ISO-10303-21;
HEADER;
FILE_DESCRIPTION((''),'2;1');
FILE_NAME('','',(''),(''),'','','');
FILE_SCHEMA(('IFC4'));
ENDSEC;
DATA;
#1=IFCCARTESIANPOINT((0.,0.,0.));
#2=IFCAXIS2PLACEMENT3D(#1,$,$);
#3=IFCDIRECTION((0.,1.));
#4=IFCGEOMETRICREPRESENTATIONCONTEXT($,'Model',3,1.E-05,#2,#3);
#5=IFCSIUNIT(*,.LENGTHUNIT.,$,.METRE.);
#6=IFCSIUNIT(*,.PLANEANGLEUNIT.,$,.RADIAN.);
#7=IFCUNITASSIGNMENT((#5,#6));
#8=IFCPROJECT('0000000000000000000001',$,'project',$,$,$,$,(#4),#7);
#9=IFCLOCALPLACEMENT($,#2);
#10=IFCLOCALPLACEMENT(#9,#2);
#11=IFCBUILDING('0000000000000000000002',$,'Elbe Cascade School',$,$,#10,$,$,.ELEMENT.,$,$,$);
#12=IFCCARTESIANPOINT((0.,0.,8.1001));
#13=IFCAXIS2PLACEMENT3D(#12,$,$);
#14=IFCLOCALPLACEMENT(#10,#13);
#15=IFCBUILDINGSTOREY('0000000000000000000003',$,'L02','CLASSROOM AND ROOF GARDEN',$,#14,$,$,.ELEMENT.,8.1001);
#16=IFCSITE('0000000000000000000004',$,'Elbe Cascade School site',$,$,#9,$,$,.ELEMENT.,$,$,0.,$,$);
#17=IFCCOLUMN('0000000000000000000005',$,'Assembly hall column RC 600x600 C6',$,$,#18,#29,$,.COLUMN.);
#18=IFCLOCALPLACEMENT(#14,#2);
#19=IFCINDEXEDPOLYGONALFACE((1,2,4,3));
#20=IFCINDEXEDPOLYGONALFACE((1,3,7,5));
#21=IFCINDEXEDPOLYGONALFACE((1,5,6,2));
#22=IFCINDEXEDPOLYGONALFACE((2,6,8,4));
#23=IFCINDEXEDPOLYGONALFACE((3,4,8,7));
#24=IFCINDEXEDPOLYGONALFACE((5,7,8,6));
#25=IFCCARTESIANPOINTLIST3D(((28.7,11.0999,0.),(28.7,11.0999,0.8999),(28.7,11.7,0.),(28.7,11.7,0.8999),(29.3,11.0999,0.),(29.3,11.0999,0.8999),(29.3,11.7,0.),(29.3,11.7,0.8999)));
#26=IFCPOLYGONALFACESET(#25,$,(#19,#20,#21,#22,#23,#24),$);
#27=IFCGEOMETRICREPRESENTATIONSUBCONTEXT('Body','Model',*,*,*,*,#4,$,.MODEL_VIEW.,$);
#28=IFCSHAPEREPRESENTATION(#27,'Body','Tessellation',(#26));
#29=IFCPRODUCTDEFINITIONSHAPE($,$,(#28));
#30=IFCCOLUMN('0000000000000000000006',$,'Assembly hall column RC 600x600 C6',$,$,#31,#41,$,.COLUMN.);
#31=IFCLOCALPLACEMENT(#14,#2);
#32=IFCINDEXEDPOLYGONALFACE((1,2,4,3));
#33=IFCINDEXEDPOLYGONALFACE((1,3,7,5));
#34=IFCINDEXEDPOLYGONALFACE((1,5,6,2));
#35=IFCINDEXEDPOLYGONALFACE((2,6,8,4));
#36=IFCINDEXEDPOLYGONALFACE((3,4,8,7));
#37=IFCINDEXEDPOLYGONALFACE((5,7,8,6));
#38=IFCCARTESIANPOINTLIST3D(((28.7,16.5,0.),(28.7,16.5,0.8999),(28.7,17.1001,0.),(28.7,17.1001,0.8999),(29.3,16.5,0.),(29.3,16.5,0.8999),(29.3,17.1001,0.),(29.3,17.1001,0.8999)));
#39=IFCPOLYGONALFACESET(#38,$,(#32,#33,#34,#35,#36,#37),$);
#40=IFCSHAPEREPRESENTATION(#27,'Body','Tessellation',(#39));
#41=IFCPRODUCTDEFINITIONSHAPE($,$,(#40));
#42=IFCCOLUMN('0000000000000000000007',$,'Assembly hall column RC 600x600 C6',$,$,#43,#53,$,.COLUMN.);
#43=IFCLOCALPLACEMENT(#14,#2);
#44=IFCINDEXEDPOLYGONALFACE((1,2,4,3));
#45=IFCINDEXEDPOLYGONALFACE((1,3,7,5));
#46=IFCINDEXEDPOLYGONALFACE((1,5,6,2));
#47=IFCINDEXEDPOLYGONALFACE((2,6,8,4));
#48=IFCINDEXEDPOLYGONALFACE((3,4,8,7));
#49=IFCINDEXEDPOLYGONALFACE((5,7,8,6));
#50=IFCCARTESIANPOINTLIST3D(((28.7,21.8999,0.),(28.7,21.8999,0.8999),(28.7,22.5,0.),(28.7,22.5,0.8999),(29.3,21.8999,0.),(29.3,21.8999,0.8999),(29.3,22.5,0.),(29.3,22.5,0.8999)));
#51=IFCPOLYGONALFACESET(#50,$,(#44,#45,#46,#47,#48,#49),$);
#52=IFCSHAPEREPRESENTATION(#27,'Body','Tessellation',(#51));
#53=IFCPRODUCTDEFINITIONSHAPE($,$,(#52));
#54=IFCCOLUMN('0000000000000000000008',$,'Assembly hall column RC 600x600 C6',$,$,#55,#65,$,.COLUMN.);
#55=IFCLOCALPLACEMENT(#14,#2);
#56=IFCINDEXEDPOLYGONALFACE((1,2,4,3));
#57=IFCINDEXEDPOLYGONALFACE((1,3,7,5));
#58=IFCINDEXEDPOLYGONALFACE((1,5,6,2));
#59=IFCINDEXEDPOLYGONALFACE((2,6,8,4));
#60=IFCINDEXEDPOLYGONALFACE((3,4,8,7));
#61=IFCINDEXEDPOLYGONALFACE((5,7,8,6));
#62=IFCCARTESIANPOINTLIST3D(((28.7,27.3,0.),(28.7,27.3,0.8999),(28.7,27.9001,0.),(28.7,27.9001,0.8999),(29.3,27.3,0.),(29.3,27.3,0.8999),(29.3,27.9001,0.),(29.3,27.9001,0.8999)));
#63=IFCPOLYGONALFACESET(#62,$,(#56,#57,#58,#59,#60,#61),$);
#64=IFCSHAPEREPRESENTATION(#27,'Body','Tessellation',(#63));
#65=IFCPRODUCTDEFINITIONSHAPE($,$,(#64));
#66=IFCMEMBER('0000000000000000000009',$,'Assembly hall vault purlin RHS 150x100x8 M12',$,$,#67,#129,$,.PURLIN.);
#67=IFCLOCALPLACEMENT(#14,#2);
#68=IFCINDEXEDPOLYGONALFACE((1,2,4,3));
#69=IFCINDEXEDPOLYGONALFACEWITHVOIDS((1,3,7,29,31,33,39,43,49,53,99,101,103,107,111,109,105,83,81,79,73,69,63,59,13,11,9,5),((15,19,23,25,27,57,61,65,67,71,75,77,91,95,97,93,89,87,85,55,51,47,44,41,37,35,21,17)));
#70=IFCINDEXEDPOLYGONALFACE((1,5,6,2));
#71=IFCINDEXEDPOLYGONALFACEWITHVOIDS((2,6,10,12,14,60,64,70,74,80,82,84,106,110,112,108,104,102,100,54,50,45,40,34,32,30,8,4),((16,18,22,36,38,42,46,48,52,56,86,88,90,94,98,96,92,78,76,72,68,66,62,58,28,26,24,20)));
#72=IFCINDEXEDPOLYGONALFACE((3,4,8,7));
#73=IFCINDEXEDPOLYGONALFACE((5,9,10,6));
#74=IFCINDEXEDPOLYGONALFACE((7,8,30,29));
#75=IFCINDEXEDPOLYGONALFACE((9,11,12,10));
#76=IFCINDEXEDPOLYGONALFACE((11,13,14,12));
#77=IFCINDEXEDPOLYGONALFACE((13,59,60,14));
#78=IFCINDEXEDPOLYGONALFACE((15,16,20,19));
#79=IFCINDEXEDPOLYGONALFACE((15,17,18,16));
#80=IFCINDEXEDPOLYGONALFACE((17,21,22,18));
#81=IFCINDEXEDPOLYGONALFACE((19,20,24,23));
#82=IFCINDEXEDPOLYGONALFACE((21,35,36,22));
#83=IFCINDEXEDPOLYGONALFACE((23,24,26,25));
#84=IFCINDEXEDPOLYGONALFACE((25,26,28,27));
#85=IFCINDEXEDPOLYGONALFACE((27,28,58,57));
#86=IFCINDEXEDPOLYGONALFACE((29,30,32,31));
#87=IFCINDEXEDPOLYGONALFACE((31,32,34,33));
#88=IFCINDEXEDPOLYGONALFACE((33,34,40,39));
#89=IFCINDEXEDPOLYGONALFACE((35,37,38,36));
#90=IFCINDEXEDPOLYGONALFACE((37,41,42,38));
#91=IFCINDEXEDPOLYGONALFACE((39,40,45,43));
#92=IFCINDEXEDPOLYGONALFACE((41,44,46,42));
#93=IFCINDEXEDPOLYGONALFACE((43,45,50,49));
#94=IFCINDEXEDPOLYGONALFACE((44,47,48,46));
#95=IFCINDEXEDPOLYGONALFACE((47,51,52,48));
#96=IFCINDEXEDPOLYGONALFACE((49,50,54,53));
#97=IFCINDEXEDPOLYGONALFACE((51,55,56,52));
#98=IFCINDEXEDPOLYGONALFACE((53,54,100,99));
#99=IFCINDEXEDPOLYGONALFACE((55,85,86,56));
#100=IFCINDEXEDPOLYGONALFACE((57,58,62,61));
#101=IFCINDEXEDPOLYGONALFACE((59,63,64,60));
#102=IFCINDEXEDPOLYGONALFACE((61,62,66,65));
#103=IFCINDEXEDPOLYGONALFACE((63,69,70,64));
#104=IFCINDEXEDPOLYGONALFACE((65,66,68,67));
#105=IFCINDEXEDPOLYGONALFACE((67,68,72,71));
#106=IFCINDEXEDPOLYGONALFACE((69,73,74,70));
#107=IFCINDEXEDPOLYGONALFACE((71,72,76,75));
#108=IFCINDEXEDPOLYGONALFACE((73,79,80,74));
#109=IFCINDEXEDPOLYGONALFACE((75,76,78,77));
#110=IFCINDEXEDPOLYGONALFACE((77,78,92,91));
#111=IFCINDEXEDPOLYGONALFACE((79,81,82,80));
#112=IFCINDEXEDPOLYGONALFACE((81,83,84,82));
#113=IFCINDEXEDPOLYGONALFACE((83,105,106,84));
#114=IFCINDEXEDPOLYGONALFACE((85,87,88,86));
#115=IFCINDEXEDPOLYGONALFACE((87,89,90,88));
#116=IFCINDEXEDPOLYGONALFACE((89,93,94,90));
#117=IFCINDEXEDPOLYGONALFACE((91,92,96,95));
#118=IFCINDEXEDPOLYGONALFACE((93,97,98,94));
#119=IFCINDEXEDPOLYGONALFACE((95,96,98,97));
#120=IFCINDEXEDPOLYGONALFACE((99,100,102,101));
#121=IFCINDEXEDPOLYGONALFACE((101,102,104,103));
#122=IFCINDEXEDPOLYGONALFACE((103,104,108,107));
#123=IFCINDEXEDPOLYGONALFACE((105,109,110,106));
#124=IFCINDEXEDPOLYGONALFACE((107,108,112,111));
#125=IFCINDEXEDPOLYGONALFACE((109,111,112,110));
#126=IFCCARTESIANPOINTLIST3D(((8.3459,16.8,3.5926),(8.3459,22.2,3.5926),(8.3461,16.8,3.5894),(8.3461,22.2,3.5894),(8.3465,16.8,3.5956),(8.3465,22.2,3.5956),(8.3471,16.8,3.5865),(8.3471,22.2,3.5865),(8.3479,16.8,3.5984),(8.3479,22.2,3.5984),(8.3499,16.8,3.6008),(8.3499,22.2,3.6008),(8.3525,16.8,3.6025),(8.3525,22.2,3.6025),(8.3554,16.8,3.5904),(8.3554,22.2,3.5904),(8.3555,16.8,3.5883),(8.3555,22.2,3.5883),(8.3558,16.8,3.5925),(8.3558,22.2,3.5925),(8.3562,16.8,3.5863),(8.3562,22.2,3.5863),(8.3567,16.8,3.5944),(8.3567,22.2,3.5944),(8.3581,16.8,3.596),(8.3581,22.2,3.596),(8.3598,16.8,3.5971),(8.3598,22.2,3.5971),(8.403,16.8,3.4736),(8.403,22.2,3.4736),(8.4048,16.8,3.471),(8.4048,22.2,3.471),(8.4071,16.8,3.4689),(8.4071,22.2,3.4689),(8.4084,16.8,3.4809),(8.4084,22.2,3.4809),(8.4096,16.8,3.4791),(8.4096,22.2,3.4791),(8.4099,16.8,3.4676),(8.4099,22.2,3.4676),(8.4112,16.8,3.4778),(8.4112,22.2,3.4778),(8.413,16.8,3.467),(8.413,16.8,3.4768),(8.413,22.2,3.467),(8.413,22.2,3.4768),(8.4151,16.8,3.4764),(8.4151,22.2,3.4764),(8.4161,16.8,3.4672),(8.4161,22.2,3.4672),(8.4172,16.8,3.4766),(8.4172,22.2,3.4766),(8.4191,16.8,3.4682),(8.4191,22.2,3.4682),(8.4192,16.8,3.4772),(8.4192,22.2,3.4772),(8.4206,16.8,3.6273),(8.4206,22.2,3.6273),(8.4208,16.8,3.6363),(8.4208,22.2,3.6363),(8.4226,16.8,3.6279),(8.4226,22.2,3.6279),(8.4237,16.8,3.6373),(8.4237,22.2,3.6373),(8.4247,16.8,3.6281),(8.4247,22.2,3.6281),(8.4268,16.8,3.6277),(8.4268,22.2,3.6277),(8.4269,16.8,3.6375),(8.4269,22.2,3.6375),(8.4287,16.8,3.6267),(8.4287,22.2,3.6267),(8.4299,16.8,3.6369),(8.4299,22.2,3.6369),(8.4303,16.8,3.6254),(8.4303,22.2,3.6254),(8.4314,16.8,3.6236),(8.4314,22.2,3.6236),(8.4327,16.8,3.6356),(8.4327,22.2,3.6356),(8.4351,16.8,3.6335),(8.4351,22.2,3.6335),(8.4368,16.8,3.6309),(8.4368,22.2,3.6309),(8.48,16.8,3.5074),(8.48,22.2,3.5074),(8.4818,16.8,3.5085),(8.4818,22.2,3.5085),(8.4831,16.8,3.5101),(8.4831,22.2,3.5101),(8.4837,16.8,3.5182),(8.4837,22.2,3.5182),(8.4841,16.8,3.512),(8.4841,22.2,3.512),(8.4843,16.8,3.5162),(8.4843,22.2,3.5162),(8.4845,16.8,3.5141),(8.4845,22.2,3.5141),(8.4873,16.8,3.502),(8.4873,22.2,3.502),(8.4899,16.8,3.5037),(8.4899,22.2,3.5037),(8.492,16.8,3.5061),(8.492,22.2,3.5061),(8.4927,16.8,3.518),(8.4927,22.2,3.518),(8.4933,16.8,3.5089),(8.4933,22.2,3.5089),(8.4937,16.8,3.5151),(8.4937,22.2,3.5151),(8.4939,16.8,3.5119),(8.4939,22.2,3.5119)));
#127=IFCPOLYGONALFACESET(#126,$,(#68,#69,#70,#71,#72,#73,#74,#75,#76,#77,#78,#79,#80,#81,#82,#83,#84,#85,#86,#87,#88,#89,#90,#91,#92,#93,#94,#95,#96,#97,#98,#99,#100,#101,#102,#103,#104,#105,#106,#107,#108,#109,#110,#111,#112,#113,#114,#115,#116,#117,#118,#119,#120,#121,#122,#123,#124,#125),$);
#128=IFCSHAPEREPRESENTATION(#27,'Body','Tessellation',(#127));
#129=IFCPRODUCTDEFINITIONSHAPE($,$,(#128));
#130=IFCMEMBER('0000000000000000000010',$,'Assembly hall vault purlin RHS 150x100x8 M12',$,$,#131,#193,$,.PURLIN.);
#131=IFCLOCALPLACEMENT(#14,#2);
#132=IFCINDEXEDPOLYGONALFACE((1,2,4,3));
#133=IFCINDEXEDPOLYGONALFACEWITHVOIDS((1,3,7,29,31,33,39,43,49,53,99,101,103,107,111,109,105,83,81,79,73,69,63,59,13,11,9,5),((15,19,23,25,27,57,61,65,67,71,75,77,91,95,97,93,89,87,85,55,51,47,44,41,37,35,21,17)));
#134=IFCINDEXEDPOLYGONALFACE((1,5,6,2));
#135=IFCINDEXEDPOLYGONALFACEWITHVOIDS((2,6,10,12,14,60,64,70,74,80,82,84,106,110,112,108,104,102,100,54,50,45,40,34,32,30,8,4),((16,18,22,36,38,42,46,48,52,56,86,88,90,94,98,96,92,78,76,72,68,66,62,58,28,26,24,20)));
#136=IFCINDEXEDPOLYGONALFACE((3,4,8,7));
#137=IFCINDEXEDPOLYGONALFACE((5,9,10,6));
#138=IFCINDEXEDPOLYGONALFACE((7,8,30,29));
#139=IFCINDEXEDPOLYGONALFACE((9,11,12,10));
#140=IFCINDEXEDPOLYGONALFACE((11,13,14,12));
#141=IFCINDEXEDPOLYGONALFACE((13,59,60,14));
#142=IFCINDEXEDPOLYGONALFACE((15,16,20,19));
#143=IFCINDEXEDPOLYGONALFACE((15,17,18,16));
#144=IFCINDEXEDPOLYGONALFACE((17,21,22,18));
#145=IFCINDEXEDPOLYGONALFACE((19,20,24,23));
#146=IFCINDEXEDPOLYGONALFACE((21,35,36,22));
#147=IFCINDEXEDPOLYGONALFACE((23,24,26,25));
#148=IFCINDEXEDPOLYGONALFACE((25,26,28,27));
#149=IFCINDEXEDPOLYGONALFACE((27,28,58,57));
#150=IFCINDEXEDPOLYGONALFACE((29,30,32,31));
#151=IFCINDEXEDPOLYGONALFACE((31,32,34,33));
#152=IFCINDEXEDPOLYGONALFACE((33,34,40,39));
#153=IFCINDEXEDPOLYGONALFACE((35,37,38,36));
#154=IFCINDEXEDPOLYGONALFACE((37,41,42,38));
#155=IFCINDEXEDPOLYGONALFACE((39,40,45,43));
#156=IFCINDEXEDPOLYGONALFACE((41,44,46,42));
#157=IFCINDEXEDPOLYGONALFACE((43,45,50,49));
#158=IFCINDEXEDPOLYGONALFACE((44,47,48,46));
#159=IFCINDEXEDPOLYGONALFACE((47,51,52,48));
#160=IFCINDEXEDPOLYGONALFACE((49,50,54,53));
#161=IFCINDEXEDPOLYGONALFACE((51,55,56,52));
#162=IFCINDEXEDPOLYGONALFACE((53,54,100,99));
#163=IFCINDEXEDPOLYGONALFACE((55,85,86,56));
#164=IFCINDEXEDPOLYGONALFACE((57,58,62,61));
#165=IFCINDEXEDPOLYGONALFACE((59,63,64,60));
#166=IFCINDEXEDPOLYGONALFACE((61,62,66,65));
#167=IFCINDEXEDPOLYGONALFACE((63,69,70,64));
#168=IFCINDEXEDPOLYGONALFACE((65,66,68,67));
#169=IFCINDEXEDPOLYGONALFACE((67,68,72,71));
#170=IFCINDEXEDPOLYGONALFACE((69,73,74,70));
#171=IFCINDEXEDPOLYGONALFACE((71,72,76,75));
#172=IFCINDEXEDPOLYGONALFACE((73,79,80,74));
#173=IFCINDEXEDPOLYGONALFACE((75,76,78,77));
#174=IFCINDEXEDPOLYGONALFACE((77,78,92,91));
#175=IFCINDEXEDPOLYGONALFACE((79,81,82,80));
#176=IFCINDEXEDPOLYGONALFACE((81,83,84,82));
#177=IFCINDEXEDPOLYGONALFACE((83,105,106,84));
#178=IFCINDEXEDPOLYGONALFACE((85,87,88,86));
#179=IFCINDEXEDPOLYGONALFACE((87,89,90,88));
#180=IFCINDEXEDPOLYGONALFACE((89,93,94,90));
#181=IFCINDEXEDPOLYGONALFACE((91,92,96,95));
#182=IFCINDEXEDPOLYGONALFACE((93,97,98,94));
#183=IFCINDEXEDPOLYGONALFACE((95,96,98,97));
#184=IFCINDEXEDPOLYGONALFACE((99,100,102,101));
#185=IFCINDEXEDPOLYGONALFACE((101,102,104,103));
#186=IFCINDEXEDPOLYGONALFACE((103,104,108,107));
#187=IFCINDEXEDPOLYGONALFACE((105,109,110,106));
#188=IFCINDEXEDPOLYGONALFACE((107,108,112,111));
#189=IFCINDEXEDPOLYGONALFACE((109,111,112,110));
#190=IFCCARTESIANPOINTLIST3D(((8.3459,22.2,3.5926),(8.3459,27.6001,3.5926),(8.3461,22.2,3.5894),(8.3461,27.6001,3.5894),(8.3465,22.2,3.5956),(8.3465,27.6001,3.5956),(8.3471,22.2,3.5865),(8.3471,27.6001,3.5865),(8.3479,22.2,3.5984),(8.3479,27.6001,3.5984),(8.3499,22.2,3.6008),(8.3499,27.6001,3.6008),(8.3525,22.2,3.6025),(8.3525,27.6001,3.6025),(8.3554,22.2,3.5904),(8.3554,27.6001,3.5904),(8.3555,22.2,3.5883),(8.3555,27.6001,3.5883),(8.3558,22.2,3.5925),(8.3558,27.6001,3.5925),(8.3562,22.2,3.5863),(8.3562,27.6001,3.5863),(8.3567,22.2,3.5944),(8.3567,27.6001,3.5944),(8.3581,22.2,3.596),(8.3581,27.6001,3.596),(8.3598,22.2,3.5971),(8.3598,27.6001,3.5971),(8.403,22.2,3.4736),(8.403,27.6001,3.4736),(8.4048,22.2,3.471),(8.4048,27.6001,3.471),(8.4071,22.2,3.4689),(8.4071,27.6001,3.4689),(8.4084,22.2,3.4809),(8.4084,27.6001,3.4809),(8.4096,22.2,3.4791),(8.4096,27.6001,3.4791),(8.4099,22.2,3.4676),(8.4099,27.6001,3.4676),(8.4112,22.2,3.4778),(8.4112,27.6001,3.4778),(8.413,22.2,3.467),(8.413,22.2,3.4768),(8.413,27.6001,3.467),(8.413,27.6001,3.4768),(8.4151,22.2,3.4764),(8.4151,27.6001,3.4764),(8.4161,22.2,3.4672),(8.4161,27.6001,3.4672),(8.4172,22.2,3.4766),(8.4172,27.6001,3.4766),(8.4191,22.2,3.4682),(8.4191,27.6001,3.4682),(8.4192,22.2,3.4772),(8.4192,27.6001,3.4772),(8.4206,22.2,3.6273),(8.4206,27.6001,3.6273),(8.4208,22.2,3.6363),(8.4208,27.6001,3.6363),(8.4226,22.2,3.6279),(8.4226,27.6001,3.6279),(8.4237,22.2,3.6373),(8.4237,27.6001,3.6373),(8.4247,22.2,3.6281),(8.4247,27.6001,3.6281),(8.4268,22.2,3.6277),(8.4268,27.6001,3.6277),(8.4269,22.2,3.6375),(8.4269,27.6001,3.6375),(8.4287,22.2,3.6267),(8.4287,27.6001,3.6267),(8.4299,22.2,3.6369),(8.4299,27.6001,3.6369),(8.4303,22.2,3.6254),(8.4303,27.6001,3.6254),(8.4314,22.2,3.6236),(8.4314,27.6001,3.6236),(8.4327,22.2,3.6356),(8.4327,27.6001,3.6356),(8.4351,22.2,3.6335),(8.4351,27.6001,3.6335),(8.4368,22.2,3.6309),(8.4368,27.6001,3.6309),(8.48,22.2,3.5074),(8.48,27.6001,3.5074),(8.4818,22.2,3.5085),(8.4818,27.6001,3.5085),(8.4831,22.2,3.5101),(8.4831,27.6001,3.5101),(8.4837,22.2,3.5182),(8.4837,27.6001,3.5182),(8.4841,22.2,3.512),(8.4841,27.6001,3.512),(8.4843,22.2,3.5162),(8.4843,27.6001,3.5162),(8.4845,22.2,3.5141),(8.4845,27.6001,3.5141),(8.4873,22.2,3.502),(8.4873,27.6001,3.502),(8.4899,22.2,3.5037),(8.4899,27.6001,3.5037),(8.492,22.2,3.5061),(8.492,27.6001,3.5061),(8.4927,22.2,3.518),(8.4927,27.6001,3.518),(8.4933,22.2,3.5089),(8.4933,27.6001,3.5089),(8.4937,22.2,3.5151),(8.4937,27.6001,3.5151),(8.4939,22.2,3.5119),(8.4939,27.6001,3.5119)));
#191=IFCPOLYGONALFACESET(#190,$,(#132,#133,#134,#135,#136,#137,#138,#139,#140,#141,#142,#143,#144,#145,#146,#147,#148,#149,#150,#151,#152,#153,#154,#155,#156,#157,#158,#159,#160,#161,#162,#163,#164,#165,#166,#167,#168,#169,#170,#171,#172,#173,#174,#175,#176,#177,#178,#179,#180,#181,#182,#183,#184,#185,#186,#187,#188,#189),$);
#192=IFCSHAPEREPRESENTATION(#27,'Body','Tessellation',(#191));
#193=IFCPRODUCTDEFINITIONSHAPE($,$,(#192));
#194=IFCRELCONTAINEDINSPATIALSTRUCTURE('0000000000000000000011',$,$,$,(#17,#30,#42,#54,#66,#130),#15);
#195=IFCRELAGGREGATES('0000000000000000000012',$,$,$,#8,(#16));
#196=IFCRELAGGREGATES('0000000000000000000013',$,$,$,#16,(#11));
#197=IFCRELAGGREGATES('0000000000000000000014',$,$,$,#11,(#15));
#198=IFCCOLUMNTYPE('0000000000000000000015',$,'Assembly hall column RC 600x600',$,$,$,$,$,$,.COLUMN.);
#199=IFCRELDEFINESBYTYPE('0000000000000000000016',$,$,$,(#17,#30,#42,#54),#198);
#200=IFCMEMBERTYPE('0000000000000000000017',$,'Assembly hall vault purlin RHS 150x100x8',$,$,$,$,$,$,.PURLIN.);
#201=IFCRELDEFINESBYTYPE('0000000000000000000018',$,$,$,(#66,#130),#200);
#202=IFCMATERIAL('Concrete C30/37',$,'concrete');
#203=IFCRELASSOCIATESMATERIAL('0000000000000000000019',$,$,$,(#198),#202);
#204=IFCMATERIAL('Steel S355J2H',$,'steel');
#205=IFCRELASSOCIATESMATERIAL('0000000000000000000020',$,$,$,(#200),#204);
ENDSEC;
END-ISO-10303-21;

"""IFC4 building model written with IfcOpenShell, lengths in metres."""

from ifc_helpers import new_model, si_unit, direction, frame, origin, origin_2d, place, context, subcontext, project, spatial, rectangle, hollow_rectangle, extrude, material, material_profile, profile_set, type_object, element, save


model = new_model("IFC4")

# Units and contexts
model_context = context("Model", 3, precision=1e-05, world=origin(), true_north=direction((0.0, 1.0)))
body_context = subcontext(model_context, "Body", "Model", "MODEL_VIEW")
ifc_project = project(units=[si_unit("LENGTHUNIT", "METRE"), si_unit("PLANEANGLEUNIT", "RADIAN")], contexts=[model_context])

# Site, building, storey
site_placement = place(None, origin())
site = spatial("IfcSite", under=ifc_project, at=site_placement, Name="Elbe Cascade School site", CompositionType="ELEMENT", RefElevation=0.0)
building_placement = place(site_placement, origin())
building = spatial("IfcBuilding", under=site, at=building_placement, Name="Elbe Cascade School", CompositionType="ELEMENT")
storey_placement = place(building_placement, frame((0.0, 0.0, 8.1001)))
storey = spatial("IfcBuildingStorey", under=building, at=storey_placement, Name="L02", Description="CLASSROOM AND ROOF GARDEN", CompositionType="ELEMENT", Elevation=8.1001)

# Columns
ifc_material_1 = material(Name="Concrete C30/37", Category="concrete")
ifc_material_profile_1 = material_profile(ifc_material_1, rectangle(XDim=0.6001, YDim=0.6001, at=origin_2d()), Name="RC 600x600")
ifc_profile_set_1 = profile_set([ifc_material_profile_1], Name="Concrete C30/37")
column_type = type_object("IfcColumnType", Name="Assembly hall column RC 600x600", PredefinedType="COLUMN", material=ifc_profile_set_1)
for number, where, z_axis, x_axis, name in (
    (1, (29.0, 11.3999, 0.0), (0.0, 0.0, 1.0), (1.0, 0.0, 0.0), "Assembly hall column RC 600x600 C6"),
    (2, (29.0, 16.8, 0.0), (0.0, 0.0, 1.0), (1.0, 0.0, 0.0), "Assembly hall column RC 600x600 C6"),
    (3, (29.0, 22.2, 0.0), (0.0, 0.0, 1.0), (1.0, 0.0, 0.0), "Assembly hall column RC 600x600 C6"),
    (4, (29.0, 27.6001, 0.0), (0.0, 0.0, 1.0), (1.0, 0.0, 0.0), "Assembly hall column RC 600x600 C6"),
):
    element("IfcColumn", number, at=place(storey_placement, frame(where, z_axis=z_axis, x_axis=x_axis)), inside=storey, type_object=column_type, Name=name, PredefinedType="COLUMN", context=body_context, shape_type="SweptSolid", body=[
        extrude(rectangle(XDim=0.6001, YDim=0.6001, at=origin_2d()), origin(), (0.0, 0.0, 1.0), 0.8999),
    ])

# Members
ifc_material_2 = material(Name="Steel S355J2H", Category="steel")
ifc_material_profile_2 = material_profile(ifc_material_2, hollow_rectangle(XDim=0.1001, YDim=0.1499, WallThickness=0.0081, InnerFilletRadius=0.0081, OuterFilletRadius=0.012, at=origin_2d()), Name="RHS 150x100x8")
ifc_profile_set_2 = profile_set([ifc_material_profile_2], Name="Steel S355J2H")
member_type_1 = type_object("IfcMemberType", Name="Assembly hall vault purlin RHS 150x100x8", PredefinedType="PURLIN", material=ifc_profile_set_2)
member_1_placement = place(storey_placement, frame((8.4199, 16.8, 3.5522), z_axis=(0.0, 1.0, 0.0), x_axis=(-0.896139, 0.0, -0.443774)))
element("IfcMember", 5, at=member_1_placement, inside=storey, type_object=member_type_1, Name="Assembly hall vault purlin RHS 150x100x8 M12", PredefinedType="PURLIN", context=body_context, shape_type="SweptSolid", body=[
    extrude(hollow_rectangle(XDim=0.1001, YDim=0.1499, WallThickness=0.0081, InnerFilletRadius=0.0081, OuterFilletRadius=0.012, at=origin_2d()), origin(), (0.0, 0.0, 1.0), 5.3999),
])
member_2_placement = place(storey_placement, frame((8.4199, 22.2, 3.5522), z_axis=(0.0, 1.0, 0.0), x_axis=(-0.896139, 0.0, -0.443774)))
element("IfcMember", 6, at=member_2_placement, inside=storey, type_object=member_type_1, Name="Assembly hall vault purlin RHS 150x100x8 M12", PredefinedType="PURLIN", context=body_context, shape_type="SweptSolid", body=[
    extrude(hollow_rectangle(XDim=0.1001, YDim=0.1499, WallThickness=0.0081, InnerFilletRadius=0.0081, OuterFilletRadius=0.012, at=origin_2d()), origin(), (0.0, 0.0, 1.0), 5.4001),
])

save(model, "model.ifc")
